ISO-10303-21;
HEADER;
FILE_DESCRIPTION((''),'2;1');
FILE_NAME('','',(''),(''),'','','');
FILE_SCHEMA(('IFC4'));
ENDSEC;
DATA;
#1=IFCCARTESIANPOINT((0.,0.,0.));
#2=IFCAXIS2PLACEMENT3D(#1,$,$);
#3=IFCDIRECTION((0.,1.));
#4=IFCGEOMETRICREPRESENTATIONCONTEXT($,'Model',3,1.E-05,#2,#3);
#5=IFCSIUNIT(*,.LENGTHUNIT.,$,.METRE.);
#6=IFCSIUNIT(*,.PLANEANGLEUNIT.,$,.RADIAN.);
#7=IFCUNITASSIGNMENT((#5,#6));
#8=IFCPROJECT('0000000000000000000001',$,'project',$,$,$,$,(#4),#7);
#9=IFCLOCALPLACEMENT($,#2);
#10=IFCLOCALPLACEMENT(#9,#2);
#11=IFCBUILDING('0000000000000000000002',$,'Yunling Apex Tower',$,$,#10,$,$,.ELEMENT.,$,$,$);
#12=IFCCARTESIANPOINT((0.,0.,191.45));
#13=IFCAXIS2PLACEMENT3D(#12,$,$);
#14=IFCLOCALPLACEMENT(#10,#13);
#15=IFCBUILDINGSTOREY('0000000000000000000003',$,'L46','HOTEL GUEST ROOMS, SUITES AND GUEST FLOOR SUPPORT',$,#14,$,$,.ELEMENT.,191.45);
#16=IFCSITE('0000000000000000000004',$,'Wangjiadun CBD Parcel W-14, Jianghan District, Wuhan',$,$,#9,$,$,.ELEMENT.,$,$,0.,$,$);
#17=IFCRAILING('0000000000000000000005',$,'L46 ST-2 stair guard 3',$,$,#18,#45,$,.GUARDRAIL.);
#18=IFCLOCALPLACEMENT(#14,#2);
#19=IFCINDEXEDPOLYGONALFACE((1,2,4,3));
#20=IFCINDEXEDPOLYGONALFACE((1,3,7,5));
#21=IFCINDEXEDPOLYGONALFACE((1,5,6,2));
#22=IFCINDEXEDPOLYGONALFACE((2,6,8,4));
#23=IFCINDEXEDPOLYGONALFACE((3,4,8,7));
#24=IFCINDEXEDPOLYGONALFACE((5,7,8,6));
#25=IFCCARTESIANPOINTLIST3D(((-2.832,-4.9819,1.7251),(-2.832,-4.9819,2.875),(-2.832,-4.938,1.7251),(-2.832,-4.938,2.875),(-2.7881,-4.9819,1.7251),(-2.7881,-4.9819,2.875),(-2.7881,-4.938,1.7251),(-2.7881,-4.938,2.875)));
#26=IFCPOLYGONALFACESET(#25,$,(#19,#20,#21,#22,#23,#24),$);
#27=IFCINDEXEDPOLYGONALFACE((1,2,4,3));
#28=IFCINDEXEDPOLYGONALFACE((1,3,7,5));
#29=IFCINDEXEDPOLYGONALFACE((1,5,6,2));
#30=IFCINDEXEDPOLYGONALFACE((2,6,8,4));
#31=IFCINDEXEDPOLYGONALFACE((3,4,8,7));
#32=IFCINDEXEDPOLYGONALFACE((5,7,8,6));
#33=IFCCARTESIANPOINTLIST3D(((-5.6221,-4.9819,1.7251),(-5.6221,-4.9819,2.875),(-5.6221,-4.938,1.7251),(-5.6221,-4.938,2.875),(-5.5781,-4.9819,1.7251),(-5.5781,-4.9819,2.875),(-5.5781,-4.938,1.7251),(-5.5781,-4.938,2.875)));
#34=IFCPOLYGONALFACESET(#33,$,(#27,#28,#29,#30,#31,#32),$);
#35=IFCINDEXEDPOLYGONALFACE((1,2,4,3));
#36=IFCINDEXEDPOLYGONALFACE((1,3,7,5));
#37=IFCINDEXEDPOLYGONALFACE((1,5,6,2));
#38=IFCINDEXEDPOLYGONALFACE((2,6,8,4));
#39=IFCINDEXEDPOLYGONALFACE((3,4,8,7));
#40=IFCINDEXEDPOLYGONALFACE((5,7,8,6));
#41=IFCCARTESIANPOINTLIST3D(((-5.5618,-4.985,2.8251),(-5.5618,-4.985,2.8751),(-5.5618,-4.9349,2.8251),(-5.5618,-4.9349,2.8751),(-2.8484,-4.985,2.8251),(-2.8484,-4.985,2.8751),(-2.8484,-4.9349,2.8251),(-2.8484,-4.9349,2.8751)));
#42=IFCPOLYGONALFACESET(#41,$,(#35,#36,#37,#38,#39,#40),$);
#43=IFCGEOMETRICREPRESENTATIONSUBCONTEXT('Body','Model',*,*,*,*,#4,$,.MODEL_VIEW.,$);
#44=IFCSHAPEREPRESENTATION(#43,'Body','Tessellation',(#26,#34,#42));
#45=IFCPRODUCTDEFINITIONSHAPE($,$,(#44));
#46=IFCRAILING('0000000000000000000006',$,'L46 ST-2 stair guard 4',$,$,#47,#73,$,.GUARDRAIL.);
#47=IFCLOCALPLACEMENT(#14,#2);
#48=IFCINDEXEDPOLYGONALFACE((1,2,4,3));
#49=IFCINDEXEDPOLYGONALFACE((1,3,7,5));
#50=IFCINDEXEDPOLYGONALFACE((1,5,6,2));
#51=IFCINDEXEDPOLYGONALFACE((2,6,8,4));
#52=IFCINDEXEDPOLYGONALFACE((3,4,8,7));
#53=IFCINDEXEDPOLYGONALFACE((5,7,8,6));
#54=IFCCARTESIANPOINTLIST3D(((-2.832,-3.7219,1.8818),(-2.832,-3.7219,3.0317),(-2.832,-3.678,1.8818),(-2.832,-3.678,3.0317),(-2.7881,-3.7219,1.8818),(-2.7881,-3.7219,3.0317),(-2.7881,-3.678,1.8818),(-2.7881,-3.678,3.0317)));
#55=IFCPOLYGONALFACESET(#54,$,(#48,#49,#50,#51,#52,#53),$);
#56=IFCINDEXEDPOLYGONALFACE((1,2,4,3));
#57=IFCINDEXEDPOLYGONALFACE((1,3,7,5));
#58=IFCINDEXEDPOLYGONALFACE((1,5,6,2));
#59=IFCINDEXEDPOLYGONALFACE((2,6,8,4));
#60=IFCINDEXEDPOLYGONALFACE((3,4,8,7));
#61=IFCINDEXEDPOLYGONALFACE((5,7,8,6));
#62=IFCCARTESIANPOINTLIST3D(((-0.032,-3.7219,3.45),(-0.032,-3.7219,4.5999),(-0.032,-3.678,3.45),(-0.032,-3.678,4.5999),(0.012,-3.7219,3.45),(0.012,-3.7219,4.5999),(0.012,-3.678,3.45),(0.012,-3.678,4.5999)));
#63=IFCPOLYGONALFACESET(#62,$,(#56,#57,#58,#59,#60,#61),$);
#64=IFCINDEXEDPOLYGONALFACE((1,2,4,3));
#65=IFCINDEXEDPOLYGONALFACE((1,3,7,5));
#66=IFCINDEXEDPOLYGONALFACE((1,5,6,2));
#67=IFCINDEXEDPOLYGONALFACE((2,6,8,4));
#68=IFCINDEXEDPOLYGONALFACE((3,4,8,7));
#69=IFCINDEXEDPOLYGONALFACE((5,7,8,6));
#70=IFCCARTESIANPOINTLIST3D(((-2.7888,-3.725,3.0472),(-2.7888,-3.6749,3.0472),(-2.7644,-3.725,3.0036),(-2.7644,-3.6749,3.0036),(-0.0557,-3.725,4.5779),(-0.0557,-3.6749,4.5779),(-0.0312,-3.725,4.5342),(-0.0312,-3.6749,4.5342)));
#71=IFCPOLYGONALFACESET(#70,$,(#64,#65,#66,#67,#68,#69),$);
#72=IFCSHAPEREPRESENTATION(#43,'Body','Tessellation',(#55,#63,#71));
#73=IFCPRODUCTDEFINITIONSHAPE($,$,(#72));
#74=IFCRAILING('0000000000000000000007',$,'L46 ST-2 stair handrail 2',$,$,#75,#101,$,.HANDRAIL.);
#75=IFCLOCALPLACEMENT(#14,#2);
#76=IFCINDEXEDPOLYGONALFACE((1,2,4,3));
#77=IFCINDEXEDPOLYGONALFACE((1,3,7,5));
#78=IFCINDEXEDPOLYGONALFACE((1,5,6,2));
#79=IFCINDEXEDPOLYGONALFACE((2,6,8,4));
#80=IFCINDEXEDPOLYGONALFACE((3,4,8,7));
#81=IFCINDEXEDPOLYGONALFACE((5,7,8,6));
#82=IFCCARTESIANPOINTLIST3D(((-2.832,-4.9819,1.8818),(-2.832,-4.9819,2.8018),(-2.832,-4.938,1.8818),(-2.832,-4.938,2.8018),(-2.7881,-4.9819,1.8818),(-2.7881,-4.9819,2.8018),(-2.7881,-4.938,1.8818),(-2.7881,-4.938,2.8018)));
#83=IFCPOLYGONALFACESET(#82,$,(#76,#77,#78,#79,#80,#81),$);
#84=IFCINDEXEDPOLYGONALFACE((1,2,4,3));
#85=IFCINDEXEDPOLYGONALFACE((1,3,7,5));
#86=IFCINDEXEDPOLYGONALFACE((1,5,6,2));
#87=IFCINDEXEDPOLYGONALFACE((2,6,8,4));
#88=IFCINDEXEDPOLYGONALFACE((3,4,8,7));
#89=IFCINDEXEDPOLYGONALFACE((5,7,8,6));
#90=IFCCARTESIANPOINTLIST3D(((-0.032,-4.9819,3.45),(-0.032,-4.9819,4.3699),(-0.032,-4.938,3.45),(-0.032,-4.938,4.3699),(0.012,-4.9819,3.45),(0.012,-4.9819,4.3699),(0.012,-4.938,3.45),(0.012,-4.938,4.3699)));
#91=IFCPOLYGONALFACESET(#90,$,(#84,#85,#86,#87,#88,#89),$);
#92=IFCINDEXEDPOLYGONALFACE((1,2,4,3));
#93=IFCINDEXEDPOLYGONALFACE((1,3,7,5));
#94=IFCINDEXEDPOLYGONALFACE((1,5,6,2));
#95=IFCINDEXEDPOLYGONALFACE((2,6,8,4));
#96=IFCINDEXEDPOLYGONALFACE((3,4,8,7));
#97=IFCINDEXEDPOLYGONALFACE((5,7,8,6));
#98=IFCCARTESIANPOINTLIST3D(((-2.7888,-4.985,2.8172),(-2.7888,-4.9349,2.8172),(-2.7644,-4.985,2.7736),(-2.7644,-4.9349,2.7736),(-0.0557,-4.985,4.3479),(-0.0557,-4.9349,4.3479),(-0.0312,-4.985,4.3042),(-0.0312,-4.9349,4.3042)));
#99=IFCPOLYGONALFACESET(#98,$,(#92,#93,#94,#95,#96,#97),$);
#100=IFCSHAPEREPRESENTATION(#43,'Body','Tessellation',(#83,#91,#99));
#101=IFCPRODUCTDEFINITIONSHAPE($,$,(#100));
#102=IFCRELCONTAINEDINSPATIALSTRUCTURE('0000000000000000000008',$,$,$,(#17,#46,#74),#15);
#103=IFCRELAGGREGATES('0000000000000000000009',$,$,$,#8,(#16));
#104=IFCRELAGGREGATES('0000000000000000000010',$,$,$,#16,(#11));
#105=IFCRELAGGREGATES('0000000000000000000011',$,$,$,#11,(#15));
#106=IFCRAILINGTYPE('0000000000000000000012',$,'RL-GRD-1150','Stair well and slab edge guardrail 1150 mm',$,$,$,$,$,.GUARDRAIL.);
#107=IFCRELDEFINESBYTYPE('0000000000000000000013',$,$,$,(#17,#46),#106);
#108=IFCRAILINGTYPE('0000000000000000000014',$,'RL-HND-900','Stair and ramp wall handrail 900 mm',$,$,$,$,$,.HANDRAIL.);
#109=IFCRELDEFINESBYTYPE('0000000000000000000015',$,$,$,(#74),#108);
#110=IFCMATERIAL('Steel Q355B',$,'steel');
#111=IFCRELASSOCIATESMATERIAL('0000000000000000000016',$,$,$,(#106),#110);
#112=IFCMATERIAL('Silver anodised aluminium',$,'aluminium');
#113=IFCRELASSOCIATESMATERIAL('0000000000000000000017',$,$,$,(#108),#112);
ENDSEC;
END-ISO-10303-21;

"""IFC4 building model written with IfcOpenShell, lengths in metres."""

from ifc_helpers import new_model, si_unit, direction, frame, origin, origin_2d, place, context, subcontext, project, spatial, rectangle, extrude, material, type_object, element, save


model = new_model("IFC4")

# Units and contexts
model_context = context("Model", 3, precision=1e-05, world=origin(), true_north=direction((0.0, 1.0)))
body_context = subcontext(model_context, "Body", "Model", "MODEL_VIEW")
ifc_project = project(units=[si_unit("LENGTHUNIT", "METRE"), si_unit("PLANEANGLEUNIT", "RADIAN")], contexts=[model_context])

# Site, building, storey
site_placement = place(None, origin())
site = spatial("IfcSite", under=ifc_project, at=site_placement, Name="Wangjiadun CBD Parcel W-14, Jianghan District, Wuhan", CompositionType="ELEMENT", RefElevation=0.0)
building_placement = place(site_placement, origin())
building = spatial("IfcBuilding", under=site, at=building_placement, Name="Yunling Apex Tower", CompositionType="ELEMENT")
storey_placement = place(building_placement, frame((0.0, 0.0, 191.45)))
storey = spatial("IfcBuildingStorey", under=building, at=storey_placement, Name="L46", Description="HOTEL GUEST ROOMS, SUITES AND GUEST FLOOR SUPPORT", CompositionType="ELEMENT", Elevation=191.45)

# Shared definitions
ifc_material_1 = material(Name="Steel Q355B", Category="steel")

# Shared definitions
ifc_material_2 = material(Name="Silver anodised aluminium", Category="aluminium")

# Railings
railing_type_1 = type_object("IfcRailingType", Name="RL-GRD-1150", Description="Stair well and slab edge guardrail 1150 mm", PredefinedType="GUARDRAIL", material=ifc_material_1)
railing_1_placement = place(storey_placement, frame((-2.8101, -4.96, 1.7251)))
element("IfcRailing", 1, at=railing_1_placement, inside=storey, type_object=railing_type_1, Name="L46 ST-2 stair guard 3", PredefinedType="GUARDRAIL", context=body_context, shape_type="SweptSolid", body=[
    extrude(rectangle(XDim=0.0439, YDim=0.0439, at=origin_2d()), origin(), (0.0, 0.0, 1.0), 1.1499),
    extrude(rectangle(XDim=0.0439, YDim=0.0439, at=origin_2d()), frame((-2.79, 0.0, 0.0)), (0.0, 0.0, 1.0), 1.1499),
    extrude(rectangle(XDim=0.05, YDim=0.05, at=origin_2d()), frame((-0.0383, 0.0, 1.125), z_axis=(-1.0, 0.0, 0.0), x_axis=(0.0, -1.0, 0.0)), (0.0, 0.0, 1.0), 2.7134),
])
railing_2_placement = place(storey_placement, frame((-2.8101, -3.7, 1.8818)))
element("IfcRailing", 2, at=railing_2_placement, inside=storey, type_object=railing_type_1, Name="L46 ST-2 stair guard 4", PredefinedType="GUARDRAIL", context=body_context, shape_type="SweptSolid", body=[
    extrude(rectangle(XDim=0.0439, YDim=0.0439, at=origin_2d()), origin(), (0.0, 0.0, 1.0), 1.1499),
    extrude(rectangle(XDim=0.0439, YDim=0.0439, at=origin_2d()), frame((2.8, 0.0, 1.5681)), (0.0, 0.0, 1.0), 1.1499),
    extrude(rectangle(XDim=0.05, YDim=0.05, at=origin_2d()), frame((0.0334, 0.0, 1.1436), z_axis=(0.872494, 0.0, 0.488624), x_axis=(0.0, 1.0, 0.0)), (0.0, 0.0, 1.0), 3.1326),
])
railing_type_2 = type_object("IfcRailingType", Name="RL-HND-900", Description="Stair and ramp wall handrail 900 mm", PredefinedType="HANDRAIL", material=ifc_material_2)
railing_3_placement = place(storey_placement, frame((-2.8101, -4.96, 1.8818)))
element("IfcRailing", 3, at=railing_3_placement, inside=storey, type_object=railing_type_2, Name="L46 ST-2 stair handrail 2", PredefinedType="HANDRAIL", context=body_context, shape_type="SweptSolid", body=[
    extrude(rectangle(XDim=0.0439, YDim=0.0439, at=origin_2d()), origin(), (0.0, 0.0, 1.0), 0.9199),
    extrude(rectangle(XDim=0.0439, YDim=0.0439, at=origin_2d()), frame((2.8, 0.0, 1.5681)), (0.0, 0.0, 1.0), 0.9199),
    extrude(rectangle(XDim=0.05, YDim=0.05, at=origin_2d()), frame((0.0334, 0.0, 0.9136), z_axis=(0.872494, 0.0, 0.488624), x_axis=(0.0, 1.0, 0.0)), (0.0, 0.0, 1.0), 3.1326),
])

save(model, "model.ifc")
